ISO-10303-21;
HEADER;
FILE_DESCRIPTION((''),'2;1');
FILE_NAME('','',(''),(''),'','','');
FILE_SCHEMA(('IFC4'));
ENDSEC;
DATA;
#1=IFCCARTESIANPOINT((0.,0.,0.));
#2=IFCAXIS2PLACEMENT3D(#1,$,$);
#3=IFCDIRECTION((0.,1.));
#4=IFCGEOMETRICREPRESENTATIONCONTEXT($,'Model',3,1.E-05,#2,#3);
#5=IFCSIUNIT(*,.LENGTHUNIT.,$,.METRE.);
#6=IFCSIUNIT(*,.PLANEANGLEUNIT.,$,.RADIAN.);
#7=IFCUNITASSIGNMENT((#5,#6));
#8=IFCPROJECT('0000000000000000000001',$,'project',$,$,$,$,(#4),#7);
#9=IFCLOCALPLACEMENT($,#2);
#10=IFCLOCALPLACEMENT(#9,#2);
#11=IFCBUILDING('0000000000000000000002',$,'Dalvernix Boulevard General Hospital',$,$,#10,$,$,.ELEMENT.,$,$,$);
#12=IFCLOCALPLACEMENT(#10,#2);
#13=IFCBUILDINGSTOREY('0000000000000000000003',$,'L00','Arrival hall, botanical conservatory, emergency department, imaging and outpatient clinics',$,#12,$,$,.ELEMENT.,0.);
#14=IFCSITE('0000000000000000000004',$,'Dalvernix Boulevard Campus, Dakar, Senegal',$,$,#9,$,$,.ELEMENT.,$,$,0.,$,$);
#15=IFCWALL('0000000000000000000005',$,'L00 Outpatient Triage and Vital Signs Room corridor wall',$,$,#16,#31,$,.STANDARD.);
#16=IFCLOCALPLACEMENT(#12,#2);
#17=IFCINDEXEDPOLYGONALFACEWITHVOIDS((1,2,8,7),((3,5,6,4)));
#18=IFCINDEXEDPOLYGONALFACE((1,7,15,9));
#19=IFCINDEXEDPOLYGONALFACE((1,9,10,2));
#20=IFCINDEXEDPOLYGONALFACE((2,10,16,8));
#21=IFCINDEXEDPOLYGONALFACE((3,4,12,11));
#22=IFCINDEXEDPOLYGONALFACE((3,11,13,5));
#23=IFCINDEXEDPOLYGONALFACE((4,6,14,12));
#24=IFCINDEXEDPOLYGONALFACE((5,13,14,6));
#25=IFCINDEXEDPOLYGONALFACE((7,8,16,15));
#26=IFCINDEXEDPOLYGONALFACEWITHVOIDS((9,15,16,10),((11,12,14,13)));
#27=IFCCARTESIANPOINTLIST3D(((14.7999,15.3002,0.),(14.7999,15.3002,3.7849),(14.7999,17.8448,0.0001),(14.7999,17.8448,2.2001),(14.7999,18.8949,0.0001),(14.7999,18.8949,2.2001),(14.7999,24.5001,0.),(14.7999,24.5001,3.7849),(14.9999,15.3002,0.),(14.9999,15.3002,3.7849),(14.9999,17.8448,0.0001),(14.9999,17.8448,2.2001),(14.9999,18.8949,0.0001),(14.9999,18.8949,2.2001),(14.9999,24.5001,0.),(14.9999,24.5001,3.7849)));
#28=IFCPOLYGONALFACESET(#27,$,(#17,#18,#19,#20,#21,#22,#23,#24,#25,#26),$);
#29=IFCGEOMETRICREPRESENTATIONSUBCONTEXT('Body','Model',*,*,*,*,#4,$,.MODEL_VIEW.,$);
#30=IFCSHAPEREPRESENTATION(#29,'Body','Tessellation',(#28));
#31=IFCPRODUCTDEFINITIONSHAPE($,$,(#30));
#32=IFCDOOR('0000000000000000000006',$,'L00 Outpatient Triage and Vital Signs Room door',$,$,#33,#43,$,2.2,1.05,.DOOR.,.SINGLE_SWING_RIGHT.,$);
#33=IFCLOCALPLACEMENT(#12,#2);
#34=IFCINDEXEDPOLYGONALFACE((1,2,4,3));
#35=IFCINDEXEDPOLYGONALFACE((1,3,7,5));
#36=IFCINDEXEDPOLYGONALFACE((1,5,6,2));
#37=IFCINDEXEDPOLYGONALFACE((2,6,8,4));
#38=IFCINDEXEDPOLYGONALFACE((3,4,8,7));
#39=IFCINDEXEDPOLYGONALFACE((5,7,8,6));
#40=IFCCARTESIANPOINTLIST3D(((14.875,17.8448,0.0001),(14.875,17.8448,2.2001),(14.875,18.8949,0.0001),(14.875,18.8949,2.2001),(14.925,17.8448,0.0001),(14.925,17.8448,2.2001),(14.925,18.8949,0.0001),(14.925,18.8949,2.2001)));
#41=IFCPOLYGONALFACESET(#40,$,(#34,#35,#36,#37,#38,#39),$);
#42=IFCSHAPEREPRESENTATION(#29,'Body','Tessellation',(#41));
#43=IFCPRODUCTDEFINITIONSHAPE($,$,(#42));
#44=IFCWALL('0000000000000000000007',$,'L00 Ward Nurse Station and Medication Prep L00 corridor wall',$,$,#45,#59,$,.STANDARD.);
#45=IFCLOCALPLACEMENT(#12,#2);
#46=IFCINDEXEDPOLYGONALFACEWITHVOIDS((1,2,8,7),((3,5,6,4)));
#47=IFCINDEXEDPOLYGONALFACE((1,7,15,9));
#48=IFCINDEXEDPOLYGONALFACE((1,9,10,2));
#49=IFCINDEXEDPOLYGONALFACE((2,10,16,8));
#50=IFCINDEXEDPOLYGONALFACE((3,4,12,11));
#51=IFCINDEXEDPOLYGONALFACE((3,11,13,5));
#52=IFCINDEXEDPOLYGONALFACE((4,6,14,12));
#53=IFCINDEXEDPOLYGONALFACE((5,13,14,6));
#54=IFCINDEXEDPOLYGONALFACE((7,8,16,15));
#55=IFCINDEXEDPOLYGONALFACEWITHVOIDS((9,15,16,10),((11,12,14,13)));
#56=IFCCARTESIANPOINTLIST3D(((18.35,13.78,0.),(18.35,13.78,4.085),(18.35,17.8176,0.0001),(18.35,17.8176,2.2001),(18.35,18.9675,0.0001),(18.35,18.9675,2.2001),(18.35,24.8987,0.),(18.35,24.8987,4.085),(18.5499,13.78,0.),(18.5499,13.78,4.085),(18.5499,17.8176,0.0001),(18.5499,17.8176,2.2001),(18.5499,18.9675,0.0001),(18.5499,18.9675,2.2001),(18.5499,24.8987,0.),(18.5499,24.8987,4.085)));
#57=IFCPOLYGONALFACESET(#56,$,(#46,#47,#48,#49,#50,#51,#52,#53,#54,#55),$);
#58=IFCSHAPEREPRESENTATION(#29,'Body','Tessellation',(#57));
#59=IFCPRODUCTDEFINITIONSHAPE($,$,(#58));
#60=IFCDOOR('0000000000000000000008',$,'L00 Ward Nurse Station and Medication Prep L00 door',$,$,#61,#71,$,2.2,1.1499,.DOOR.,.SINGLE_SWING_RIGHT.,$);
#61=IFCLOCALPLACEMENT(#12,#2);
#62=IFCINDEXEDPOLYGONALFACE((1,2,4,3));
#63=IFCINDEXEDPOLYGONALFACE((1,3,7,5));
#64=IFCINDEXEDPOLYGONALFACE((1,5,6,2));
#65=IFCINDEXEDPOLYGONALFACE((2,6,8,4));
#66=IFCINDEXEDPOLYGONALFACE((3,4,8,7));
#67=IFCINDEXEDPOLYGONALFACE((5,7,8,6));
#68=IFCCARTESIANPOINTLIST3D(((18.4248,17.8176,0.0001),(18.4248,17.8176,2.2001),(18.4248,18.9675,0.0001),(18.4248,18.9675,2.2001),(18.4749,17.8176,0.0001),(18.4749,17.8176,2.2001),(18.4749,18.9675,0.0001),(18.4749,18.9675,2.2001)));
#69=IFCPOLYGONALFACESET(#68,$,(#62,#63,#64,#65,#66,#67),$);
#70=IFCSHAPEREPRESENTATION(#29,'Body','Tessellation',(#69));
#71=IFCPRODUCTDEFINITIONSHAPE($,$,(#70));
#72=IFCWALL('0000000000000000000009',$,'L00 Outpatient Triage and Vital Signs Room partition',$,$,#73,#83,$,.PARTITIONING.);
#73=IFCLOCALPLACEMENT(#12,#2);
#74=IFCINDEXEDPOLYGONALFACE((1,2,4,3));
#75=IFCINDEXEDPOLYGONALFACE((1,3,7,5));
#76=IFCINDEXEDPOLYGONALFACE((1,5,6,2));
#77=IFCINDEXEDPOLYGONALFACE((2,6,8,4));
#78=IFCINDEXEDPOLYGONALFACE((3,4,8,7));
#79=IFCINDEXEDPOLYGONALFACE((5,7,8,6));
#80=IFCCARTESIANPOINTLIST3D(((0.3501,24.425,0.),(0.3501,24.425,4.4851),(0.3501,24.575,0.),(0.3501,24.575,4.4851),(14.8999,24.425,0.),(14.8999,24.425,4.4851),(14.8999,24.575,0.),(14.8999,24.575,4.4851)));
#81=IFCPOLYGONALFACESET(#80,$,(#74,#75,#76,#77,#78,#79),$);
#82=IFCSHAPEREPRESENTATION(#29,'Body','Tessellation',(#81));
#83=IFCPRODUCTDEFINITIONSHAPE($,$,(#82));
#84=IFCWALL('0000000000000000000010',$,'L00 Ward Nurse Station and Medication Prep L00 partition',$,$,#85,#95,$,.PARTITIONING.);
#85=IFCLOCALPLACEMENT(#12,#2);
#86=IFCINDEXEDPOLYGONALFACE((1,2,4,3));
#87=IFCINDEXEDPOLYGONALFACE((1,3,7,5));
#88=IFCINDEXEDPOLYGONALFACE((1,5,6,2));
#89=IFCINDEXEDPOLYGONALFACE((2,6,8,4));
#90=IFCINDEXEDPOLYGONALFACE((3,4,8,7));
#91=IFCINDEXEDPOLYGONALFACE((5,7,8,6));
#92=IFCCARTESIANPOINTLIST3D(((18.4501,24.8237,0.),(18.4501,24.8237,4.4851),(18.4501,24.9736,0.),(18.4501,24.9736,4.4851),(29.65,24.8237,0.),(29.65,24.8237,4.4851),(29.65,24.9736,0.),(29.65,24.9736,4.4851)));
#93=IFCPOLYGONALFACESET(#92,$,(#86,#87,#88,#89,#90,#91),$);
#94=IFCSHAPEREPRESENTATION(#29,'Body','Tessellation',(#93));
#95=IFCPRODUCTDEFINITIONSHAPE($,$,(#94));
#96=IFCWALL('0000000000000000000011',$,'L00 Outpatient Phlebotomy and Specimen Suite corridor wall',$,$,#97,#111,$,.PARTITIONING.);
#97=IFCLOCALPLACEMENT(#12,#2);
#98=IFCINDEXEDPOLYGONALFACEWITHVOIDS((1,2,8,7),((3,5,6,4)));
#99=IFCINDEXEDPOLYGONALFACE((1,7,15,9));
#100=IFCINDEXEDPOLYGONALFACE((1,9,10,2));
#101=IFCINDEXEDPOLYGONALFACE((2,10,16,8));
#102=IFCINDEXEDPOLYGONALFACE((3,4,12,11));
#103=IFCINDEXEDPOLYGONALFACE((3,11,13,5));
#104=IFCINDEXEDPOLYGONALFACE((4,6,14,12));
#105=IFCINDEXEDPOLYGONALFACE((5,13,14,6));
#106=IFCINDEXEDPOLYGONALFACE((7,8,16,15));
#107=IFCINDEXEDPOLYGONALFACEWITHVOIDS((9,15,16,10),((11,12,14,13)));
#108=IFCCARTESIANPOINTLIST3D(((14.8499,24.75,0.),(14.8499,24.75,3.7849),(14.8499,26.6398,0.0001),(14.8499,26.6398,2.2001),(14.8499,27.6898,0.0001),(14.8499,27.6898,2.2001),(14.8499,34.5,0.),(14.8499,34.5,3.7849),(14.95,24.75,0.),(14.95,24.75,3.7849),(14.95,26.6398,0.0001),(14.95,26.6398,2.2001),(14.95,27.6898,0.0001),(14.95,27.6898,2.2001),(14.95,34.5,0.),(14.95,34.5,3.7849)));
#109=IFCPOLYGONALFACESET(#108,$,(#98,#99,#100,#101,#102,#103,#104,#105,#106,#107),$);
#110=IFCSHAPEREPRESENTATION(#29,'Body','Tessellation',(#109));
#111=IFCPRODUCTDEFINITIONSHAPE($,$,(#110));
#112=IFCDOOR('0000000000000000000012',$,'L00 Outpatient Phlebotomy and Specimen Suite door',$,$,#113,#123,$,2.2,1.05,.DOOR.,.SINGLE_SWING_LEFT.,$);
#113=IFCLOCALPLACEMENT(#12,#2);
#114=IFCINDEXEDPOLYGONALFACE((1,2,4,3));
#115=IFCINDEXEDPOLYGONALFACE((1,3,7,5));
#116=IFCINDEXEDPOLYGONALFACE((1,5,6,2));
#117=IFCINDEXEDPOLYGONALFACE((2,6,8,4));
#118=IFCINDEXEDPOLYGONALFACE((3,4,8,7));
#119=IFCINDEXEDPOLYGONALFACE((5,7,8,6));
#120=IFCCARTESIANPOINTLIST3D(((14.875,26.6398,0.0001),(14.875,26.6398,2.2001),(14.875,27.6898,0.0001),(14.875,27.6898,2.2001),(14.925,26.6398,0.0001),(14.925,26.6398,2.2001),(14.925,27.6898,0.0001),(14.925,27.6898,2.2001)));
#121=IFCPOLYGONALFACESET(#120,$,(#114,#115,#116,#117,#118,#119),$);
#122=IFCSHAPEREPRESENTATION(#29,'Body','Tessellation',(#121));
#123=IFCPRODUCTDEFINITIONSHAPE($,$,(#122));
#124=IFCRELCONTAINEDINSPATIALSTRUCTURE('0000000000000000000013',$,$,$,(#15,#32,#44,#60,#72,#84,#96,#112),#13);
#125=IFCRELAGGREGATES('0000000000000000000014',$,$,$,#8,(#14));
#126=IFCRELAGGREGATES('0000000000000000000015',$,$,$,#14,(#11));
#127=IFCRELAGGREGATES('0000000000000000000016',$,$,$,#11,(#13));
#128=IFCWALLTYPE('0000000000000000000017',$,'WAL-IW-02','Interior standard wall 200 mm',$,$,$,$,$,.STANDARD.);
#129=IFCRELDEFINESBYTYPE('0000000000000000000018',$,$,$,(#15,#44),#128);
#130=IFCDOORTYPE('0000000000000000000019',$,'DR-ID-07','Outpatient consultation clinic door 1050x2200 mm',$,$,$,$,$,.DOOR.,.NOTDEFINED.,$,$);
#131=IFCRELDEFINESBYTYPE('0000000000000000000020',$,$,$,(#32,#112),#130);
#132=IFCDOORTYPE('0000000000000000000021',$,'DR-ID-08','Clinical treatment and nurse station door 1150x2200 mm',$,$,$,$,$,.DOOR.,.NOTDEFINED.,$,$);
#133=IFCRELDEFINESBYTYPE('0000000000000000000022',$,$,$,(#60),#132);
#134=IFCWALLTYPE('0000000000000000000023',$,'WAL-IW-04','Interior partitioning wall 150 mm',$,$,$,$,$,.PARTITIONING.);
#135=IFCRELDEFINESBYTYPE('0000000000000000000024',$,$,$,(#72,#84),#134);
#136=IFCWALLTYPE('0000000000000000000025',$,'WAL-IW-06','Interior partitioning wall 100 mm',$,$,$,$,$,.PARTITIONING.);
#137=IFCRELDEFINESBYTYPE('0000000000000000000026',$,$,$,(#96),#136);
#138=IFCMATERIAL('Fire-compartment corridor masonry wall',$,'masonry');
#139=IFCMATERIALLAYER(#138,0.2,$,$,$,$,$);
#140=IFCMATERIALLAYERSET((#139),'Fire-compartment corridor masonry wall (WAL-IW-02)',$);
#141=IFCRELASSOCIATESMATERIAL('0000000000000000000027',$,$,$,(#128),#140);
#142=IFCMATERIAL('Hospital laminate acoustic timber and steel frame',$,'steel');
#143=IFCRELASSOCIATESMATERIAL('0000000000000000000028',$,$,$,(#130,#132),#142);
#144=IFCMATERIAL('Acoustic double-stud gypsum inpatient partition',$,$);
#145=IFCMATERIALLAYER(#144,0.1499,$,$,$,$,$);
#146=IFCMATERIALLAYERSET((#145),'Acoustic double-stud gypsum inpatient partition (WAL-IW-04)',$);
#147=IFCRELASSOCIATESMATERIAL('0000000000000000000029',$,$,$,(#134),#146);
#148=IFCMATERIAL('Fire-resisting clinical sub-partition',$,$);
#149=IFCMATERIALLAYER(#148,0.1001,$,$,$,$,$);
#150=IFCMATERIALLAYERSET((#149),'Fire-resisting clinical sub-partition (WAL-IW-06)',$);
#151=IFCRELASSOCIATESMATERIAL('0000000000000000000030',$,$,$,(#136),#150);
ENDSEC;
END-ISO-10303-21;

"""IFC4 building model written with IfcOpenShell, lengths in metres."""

from ifc_helpers import new_model, si_unit, direction, frame, frame_2d, origin, place, context, subcontext, project, spatial, rectangle, extrude, material, layer, layer_set, type_object, element, fill, save


model = new_model("IFC4")

# Units and contexts
model_context = context("Model", 3, precision=1e-05, world=origin(), true_north=direction((0.0, 1.0)))
body_context = subcontext(model_context, "Body", "Model", "MODEL_VIEW")
ifc_project = project(units=[si_unit("LENGTHUNIT", "METRE"), si_unit("PLANEANGLEUNIT", "RADIAN")], contexts=[model_context])

# Site, building, storey
site_placement = place(None, origin())
site = spatial("IfcSite", under=ifc_project, at=site_placement, Name="Dalvernix Boulevard Campus, Dakar, Senegal", CompositionType="ELEMENT", RefElevation=0.0)
building_placement = place(site_placement, origin())
building = spatial("IfcBuilding", under=site, at=building_placement, Name="Dalvernix Boulevard General Hospital", CompositionType="ELEMENT")
storey_placement = place(building_placement, origin())
storey = spatial("IfcBuildingStorey", under=building, at=storey_placement, Name="L00", Description="Arrival hall, botanical conservatory, emergency department, imaging and outpatient clinics", CompositionType="ELEMENT", Elevation=0.0)

# Walls, openings, doors
ifc_material_1 = material(Name="Fire-compartment corridor masonry wall", Category="masonry")
ifc_layer_1 = layer(ifc_material_1, 0.2)
ifc_layer_set_1 = layer_set([ifc_layer_1], Name="Fire-compartment corridor masonry wall (WAL-IW-02)")
wall_type_1 = type_object("IfcWallType", Name="WAL-IW-02", Description="Interior standard wall 200 mm", PredefinedType="STANDARD", material=ifc_layer_set_1)
wall_1_placement = place(storey_placement, frame((14.8999, 15.3, 0.0), z_axis=(0.0, 0.0, 1.0), x_axis=(0.0, 1.0, 0.0)))
wall_1 = element("IfcWall", 1, at=wall_1_placement, inside=storey, type_object=wall_type_1, Name="L00 Outpatient Triage and Vital Signs Room corridor wall", PredefinedType="STANDARD", context=body_context, shape_type="SweptSolid", body=[
    extrude(rectangle(XDim=9.2, YDim=0.2, at=frame_2d((4.6001, 0.0))), origin(), (0.0, 0.0, 1.0), 3.7849),
])
opening_1_placement = place(wall_1_placement, frame((2.5449, 0.0, 0.0)))
opening_1 = element("IfcOpeningElement", 2, at=opening_1_placement, cuts=wall_1, PredefinedType="OPENING", context=body_context, shape_type="SweptSolid", body=[
    extrude(rectangle(XDim=1.05, YDim=2.2, at=frame_2d((0.5249, 1.1001))), frame((0.0, 0.1099, 0.0), z_axis=(0.0, -1.0, 0.0), x_axis=(1.0, 0.0, 0.0)), (0.0, 0.0, 1.0), 0.22),
])
ifc_material_2 = material(Name="Hospital laminate acoustic timber and steel frame", Category="steel")
door_type_1 = type_object("IfcDoorType", Name="DR-ID-07", Description="Outpatient consultation clinic door 1050x2200 mm", OperationType="NOTDEFINED", PredefinedType="DOOR", material=ifc_material_2)
door_1_placement = place(opening_1_placement, origin())
door_1 = element("IfcDoor", 3, at=door_1_placement, inside=storey, type_object=door_type_1, Name="L00 Outpatient Triage and Vital Signs Room door", OperationType="SINGLE_SWING_RIGHT", OverallHeight=2.2, OverallWidth=1.05, PredefinedType="DOOR", context=body_context, shape_type="SweptSolid", body=[
    extrude(rectangle(XDim=1.05, YDim=2.2, at=frame_2d((0.5249, 1.1001))), frame((0.0, 0.0249, 0.0), z_axis=(0.0, -1.0, 0.0), x_axis=(1.0, 0.0, 0.0)), (0.0, 0.0, 1.0), 0.05),
])
fill(opening_1, door_1)
wall_2_placement = place(storey_placement, frame((18.45, 24.8987, 0.0), z_axis=(0.0, 0.0, 1.0), x_axis=(0.0, -1.0, 0.0)))
wall_2 = element("IfcWall", 4, at=wall_2_placement, inside=storey, type_object=wall_type_1, Name="L00 Ward Nurse Station and Medication Prep L00 corridor wall", PredefinedType="STANDARD", context=body_context, shape_type="SweptSolid", body=[
    extrude(rectangle(XDim=11.1187, YDim=0.2, at=frame_2d((5.5593, 0.0))), origin(), (0.0, 0.0, 1.0), 4.085),
])
opening_2_placement = place(wall_2_placement, frame((5.9312, 0.0, 0.0)))
opening_2 = element("IfcOpeningElement", 5, at=opening_2_placement, cuts=wall_2, PredefinedType="OPENING", context=body_context, shape_type="SweptSolid", body=[
    extrude(rectangle(XDim=1.1499, YDim=2.2, at=frame_2d((0.575, 1.1001))), frame((0.0, 0.1099, 0.0), z_axis=(0.0, -1.0, 0.0), x_axis=(1.0, 0.0, 0.0)), (0.0, 0.0, 1.0), 0.22),
])
door_type_2 = type_object("IfcDoorType", Name="DR-ID-08", Description="Clinical treatment and nurse station door 1150x2200 mm", OperationType="NOTDEFINED", PredefinedType="DOOR", material=ifc_material_2)
door_2_placement = place(opening_2_placement, origin())
door_2 = element("IfcDoor", 6, at=door_2_placement, inside=storey, type_object=door_type_2, Name="L00 Ward Nurse Station and Medication Prep L00 door", OperationType="SINGLE_SWING_RIGHT", OverallHeight=2.2, OverallWidth=1.1499, PredefinedType="DOOR", context=body_context, shape_type="SweptSolid", body=[
    extrude(rectangle(XDim=1.1499, YDim=2.2, at=frame_2d((0.575, 1.1001))), frame((0.0, 0.0249, 0.0), z_axis=(0.0, -1.0, 0.0), x_axis=(1.0, 0.0, 0.0)), (0.0, 0.0, 1.0), 0.05),
])
fill(opening_2, door_2)

# Walls
ifc_material_3 = material(Name="Acoustic double-stud gypsum inpatient partition")
ifc_layer_2 = layer(ifc_material_3, 0.1499)
ifc_layer_set_2 = layer_set([ifc_layer_2], Name="Acoustic double-stud gypsum inpatient partition (WAL-IW-04)")
wall_type_2 = type_object("IfcWallType", Name="WAL-IW-04", Description="Interior partitioning wall 150 mm", PredefinedType="PARTITIONING", material=ifc_layer_set_2)
wall_3_placement = place(storey_placement, frame((0.3501, 24.5, 0.0), z_axis=(0.0, 0.0, 1.0), x_axis=(1.0, 0.0, 0.0)))
element("IfcWall", 7, at=wall_3_placement, inside=storey, type_object=wall_type_2, Name="L00 Outpatient Triage and Vital Signs Room partition", PredefinedType="PARTITIONING", context=body_context, shape_type="SweptSolid", body=[
    extrude(rectangle(XDim=14.5498, YDim=0.1499, at=frame_2d((7.2749, 0.0))), origin(), (0.0, 0.0, 1.0), 4.4851),
])
wall_4_placement = place(storey_placement, frame((18.45, 24.8987, 0.0), z_axis=(0.0, 0.0, 1.0), x_axis=(1.0, 0.0, 0.0)))
element("IfcWall", 8, at=wall_4_placement, inside=storey, type_object=wall_type_2, Name="L00 Ward Nurse Station and Medication Prep L00 partition", PredefinedType="PARTITIONING", context=body_context, shape_type="SweptSolid", body=[
    extrude(rectangle(XDim=11.2, YDim=0.1499, at=frame_2d((5.6001, 0.0))), origin(), (0.0, 0.0, 1.0), 4.4851),
])

# Wall, opening, door
ifc_material_4 = material(Name="Fire-resisting clinical sub-partition")
ifc_layer_3 = layer(ifc_material_4, 0.1001)
ifc_layer_set_3 = layer_set([ifc_layer_3], Name="Fire-resisting clinical sub-partition (WAL-IW-06)")
wall_type_3 = type_object("IfcWallType", Name="WAL-IW-06", Description="Interior partitioning wall 100 mm", PredefinedType="PARTITIONING", material=ifc_layer_set_3)
wall_5_placement = place(storey_placement, frame((14.8999, 24.75, 0.0), z_axis=(0.0, 0.0, 1.0), x_axis=(0.0, 1.0, 0.0)))
wall_5 = element("IfcWall", 9, at=wall_5_placement, inside=storey, type_object=wall_type_3, Name="L00 Outpatient Phlebotomy and Specimen Suite corridor wall", PredefinedType="PARTITIONING", context=body_context, shape_type="SweptSolid", body=[
    extrude(rectangle(XDim=9.75, YDim=0.1001, at=frame_2d((4.875, 0.0))), origin(), (0.0, 0.0, 1.0), 3.7849),
])
opening_3_placement = place(wall_5_placement, frame((1.8899, 0.0, 0.0)))
opening_3 = element("IfcOpeningElement", 10, at=opening_3_placement, cuts=wall_5, PredefinedType="OPENING", context=body_context, shape_type="SweptSolid", body=[
    extrude(rectangle(XDim=1.05, YDim=2.2, at=frame_2d((0.5249, 1.1001))), frame((0.0, 0.0601, 0.0), z_axis=(0.0, -1.0, 0.0), x_axis=(1.0, 0.0, 0.0)), (0.0, 0.0, 1.0), 0.1201),
])
door_3_placement = place(opening_3_placement, origin())
door_3 = element("IfcDoor", 11, at=door_3_placement, inside=storey, type_object=door_type_1, Name="L00 Outpatient Phlebotomy and Specimen Suite door", OperationType="SINGLE_SWING_LEFT", OverallHeight=2.2, OverallWidth=1.05, PredefinedType="DOOR", context=body_context, shape_type="SweptSolid", body=[
    extrude(rectangle(XDim=1.05, YDim=2.2, at=frame_2d((0.5249, 1.1001))), frame((0.0, 0.0249, 0.0), z_axis=(0.0, -1.0, 0.0), x_axis=(1.0, 0.0, 0.0)), (0.0, 0.0, 1.0), 0.05),
])
fill(opening_3, door_3)

save(model, "model.ifc")
